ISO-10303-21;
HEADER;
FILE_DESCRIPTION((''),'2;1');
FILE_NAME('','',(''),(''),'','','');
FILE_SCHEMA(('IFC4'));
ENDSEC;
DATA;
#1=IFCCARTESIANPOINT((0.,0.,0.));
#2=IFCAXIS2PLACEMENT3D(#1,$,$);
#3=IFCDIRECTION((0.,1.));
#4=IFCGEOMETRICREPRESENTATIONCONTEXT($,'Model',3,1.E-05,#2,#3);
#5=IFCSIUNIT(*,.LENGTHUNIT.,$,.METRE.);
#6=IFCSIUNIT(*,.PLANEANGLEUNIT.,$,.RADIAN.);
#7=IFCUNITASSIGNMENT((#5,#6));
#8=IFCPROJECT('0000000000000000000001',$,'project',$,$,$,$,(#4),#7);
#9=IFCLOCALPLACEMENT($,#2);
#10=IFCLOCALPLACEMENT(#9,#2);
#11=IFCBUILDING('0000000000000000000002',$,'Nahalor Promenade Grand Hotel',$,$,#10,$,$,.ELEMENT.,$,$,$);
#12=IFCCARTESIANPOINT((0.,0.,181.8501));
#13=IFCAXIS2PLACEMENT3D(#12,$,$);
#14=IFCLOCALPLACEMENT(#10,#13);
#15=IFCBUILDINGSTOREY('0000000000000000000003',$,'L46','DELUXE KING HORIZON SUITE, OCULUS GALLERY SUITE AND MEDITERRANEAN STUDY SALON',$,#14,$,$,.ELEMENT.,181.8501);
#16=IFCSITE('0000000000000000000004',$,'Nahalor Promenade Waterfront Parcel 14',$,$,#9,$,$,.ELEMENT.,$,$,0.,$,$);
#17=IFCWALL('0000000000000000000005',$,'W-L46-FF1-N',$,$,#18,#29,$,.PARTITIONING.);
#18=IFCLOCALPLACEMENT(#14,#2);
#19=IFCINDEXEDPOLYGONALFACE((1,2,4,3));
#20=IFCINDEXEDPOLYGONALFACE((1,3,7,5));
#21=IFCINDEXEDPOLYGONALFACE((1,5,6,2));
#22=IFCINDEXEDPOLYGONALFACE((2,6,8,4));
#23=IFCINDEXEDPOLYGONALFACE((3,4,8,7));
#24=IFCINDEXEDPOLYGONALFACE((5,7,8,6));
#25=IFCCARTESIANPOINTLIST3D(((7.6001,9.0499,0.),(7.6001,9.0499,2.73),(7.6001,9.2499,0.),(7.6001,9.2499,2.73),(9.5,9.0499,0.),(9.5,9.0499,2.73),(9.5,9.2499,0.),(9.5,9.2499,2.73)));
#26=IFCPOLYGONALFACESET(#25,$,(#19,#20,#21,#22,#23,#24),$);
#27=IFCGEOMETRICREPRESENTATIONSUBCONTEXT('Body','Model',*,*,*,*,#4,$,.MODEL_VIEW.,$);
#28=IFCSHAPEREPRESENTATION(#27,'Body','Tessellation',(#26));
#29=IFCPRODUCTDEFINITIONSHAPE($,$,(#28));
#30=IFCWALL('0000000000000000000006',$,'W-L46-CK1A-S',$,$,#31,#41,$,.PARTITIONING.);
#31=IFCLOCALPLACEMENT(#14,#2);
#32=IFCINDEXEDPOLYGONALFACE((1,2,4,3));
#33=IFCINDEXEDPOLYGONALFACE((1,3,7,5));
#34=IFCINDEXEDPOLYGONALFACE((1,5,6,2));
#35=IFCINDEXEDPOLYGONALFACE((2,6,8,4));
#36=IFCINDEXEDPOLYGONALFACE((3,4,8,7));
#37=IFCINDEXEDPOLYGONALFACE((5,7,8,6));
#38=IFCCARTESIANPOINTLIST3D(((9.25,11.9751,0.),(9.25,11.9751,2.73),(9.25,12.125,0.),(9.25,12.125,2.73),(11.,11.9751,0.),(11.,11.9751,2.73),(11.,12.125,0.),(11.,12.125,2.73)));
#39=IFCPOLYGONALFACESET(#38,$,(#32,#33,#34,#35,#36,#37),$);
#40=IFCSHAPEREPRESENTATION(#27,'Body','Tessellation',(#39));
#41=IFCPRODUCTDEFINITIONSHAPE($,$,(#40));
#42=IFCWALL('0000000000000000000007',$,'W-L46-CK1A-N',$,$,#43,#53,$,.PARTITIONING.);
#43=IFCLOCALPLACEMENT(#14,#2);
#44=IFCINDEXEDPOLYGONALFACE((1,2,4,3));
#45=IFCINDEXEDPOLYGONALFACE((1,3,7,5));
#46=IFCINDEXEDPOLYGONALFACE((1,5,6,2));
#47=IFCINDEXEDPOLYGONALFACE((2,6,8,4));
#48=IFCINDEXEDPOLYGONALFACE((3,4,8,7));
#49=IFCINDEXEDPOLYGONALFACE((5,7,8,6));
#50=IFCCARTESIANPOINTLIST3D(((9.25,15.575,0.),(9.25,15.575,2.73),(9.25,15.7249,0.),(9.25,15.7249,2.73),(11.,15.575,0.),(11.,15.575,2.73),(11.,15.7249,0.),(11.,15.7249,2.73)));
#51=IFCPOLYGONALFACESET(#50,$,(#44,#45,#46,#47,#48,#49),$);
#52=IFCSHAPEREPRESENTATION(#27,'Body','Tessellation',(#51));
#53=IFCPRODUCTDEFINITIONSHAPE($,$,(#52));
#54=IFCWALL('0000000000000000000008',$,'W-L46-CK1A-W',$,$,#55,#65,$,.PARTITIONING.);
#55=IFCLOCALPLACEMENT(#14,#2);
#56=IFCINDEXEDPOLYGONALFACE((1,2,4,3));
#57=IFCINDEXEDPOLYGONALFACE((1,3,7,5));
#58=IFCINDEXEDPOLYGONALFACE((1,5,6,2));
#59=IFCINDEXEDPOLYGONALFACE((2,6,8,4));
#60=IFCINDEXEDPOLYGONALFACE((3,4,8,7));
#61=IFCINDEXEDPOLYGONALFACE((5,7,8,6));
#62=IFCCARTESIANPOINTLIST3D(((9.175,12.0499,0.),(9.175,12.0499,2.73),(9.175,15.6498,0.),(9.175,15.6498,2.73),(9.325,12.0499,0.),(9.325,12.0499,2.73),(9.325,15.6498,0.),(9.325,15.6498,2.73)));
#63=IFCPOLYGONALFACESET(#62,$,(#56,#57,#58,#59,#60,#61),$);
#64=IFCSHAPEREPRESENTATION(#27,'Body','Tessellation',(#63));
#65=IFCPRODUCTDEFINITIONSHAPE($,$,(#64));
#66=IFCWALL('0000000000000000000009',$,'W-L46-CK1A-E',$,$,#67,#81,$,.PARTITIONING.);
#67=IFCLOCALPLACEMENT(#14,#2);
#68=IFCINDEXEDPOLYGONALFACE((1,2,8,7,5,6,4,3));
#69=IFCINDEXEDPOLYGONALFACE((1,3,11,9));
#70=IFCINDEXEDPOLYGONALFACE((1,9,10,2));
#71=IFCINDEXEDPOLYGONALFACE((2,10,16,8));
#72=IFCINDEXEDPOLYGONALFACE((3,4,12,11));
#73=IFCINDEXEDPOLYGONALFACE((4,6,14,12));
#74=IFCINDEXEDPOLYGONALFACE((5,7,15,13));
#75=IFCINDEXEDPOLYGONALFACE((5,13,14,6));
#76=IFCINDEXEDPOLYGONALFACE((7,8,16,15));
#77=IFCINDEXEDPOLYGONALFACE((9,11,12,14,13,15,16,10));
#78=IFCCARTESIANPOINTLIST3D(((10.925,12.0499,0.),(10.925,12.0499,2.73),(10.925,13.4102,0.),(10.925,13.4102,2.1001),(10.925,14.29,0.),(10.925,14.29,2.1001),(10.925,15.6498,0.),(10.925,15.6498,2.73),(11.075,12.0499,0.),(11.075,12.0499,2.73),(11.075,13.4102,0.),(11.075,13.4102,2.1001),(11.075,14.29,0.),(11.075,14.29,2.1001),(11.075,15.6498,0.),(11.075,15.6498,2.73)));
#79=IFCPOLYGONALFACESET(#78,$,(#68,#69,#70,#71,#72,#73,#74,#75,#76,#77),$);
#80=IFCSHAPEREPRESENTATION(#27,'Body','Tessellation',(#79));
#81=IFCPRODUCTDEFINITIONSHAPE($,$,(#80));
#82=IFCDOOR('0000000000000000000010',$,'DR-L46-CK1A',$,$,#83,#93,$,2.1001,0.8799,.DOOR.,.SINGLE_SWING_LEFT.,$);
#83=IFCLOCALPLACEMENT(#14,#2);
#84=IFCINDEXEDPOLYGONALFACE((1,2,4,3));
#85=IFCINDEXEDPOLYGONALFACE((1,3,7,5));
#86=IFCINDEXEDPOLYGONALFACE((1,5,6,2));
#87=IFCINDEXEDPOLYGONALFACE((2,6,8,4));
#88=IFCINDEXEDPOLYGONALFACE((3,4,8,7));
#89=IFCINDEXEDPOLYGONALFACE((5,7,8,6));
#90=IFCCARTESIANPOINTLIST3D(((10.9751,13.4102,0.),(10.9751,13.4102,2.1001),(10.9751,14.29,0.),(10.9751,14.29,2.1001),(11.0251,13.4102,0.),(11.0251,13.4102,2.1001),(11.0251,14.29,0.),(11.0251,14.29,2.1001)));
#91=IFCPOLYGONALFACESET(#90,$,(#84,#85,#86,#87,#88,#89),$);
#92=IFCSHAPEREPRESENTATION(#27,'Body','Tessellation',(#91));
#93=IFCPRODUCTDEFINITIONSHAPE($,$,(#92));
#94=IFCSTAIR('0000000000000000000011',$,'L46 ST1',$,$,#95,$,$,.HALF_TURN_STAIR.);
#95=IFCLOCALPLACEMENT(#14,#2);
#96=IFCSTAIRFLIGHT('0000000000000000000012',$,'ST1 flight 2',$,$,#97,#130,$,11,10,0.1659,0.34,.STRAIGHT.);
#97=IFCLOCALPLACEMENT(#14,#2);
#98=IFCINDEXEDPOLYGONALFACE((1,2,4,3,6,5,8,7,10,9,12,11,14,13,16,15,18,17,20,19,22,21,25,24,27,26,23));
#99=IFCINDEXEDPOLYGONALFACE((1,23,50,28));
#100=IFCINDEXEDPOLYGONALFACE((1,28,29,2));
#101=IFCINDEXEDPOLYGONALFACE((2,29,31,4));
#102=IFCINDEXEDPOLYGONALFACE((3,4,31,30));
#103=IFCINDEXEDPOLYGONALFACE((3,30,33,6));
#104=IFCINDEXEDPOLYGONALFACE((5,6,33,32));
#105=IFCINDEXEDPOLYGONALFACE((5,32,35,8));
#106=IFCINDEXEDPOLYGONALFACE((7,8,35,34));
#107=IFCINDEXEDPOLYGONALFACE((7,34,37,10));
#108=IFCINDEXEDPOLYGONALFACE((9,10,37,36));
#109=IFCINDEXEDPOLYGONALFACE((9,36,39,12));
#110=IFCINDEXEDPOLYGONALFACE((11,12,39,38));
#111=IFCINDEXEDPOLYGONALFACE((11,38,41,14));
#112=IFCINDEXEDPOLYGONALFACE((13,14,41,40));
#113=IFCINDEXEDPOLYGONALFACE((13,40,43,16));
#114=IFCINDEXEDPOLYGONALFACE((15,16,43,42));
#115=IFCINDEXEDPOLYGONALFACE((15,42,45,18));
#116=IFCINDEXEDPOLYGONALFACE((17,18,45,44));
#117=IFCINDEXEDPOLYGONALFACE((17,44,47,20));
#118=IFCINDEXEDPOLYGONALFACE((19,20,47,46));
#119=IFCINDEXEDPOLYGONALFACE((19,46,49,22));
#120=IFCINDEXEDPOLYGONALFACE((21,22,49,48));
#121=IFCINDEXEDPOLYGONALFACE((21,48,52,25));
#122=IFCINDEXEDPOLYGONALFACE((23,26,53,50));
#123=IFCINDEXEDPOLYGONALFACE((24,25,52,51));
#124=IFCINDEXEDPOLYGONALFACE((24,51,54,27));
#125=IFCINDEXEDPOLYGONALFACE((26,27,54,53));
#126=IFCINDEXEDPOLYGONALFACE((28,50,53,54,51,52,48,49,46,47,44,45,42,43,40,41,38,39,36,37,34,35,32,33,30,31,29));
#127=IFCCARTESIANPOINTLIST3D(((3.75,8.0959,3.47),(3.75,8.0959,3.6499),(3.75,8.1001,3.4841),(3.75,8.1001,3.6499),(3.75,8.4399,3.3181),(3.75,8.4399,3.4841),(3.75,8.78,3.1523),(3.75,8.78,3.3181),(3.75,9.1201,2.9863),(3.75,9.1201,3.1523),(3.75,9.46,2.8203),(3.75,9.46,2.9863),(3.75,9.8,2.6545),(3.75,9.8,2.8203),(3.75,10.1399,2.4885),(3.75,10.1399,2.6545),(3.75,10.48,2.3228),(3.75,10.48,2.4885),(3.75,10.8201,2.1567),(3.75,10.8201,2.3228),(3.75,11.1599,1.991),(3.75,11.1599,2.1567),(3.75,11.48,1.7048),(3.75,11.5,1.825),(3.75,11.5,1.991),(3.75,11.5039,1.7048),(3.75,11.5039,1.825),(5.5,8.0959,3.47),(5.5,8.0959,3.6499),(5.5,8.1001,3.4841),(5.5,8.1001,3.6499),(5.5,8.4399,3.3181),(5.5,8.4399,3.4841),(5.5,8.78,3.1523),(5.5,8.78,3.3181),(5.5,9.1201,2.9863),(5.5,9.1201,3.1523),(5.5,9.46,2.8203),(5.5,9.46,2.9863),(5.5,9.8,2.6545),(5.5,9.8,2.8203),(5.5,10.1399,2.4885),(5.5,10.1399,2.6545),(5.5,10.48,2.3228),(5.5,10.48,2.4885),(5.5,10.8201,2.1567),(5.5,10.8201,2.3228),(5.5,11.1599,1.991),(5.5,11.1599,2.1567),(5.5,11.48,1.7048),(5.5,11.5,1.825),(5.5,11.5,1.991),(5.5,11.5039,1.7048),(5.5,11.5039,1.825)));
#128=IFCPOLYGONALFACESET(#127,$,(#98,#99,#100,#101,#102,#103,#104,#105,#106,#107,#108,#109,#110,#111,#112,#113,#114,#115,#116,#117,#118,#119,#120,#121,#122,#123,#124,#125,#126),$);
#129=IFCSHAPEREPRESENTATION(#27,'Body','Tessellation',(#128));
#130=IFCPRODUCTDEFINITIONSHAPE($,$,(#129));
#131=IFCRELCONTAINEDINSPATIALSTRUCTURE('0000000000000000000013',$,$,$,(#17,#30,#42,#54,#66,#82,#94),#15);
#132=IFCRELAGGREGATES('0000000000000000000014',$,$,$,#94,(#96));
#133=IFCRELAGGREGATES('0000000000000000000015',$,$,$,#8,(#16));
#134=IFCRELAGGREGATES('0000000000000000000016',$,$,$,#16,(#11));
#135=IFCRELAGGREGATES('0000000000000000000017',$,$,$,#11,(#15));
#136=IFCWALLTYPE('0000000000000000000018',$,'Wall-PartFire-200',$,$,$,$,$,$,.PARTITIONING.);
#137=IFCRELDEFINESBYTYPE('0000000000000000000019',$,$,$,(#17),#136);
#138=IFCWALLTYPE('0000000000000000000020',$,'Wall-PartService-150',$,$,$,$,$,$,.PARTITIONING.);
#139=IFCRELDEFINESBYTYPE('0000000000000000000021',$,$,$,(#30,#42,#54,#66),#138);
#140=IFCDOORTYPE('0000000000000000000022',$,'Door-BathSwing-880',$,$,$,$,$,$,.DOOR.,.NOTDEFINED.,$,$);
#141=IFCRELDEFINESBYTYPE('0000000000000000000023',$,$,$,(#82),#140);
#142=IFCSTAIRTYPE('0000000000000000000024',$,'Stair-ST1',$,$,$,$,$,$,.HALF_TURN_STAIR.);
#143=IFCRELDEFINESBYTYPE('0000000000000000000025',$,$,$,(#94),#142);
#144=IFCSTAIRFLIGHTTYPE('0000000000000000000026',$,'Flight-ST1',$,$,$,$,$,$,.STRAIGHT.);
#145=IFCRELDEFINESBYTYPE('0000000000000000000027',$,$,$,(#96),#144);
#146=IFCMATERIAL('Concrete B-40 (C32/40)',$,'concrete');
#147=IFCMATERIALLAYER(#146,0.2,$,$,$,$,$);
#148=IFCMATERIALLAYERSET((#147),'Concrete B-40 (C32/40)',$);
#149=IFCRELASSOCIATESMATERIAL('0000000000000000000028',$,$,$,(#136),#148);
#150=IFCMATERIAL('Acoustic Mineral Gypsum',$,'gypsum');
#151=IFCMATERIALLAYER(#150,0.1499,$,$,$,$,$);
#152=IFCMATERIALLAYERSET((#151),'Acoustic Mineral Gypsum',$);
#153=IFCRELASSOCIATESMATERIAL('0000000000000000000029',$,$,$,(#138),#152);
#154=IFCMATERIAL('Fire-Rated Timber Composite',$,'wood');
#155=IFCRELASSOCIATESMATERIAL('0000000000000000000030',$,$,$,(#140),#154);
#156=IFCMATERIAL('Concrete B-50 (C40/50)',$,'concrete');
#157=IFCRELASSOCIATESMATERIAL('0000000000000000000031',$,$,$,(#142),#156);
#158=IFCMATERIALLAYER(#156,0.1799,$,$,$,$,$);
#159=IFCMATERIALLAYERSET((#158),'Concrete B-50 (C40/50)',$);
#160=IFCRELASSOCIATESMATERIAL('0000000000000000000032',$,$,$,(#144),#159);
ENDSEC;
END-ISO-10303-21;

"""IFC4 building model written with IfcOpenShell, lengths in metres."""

from ifc_helpers import new_model, si_unit, direction, frame, frame_2d, origin, place, context, subcontext, project, spatial, polyline, rectangle, outline, extrude, source, transform, mapped, material, layer, layer_set, type_object, element, fill, aggregate, save


model = new_model("IFC4")

# Units and contexts
model_context = context("Model", 3, precision=1e-05, world=origin(), true_north=direction((0.0, 1.0)))
body_context = subcontext(model_context, "Body", "Model", "MODEL_VIEW")
ifc_project = project(units=[si_unit("LENGTHUNIT", "METRE"), si_unit("PLANEANGLEUNIT", "RADIAN")], contexts=[model_context])

# Site, building, storey
site_placement = place(None, origin())
site = spatial("IfcSite", under=ifc_project, at=site_placement, Name="Nahalor Promenade Waterfront Parcel 14", CompositionType="ELEMENT", RefElevation=0.0)
building_placement = place(site_placement, origin())
building = spatial("IfcBuilding", under=site, at=building_placement, Name="Nahalor Promenade Grand Hotel", CompositionType="ELEMENT")
storey_placement = place(building_placement, frame((0.0, 0.0, 181.8501)))
storey = spatial("IfcBuildingStorey", under=building, at=storey_placement, Name="L46", Description="DELUXE KING HORIZON SUITE, OCULUS GALLERY SUITE AND MEDITERRANEAN STUDY SALON", CompositionType="ELEMENT", Elevation=181.8501)

# Shared definitions
ifc_material_1 = material(Name="Concrete B-50 (C40/50)", Category="concrete")

# Walls
ifc_material_2 = material(Name="Concrete B-40 (C32/40)", Category="concrete")
ifc_layer_1 = layer(ifc_material_2, 0.2)
ifc_layer_set_1 = layer_set([ifc_layer_1], Name="Concrete B-40 (C32/40)")
wall_type_1 = type_object("IfcWallType", Name="Wall-PartFire-200", PredefinedType="PARTITIONING", material=ifc_layer_set_1)
shared_shape_1 = source(origin(), body_context, "Body", "SweptSolid", [
    extrude(rectangle(XDim=1.8999, YDim=0.2, at=frame_2d((0.95, 0.0))), origin(), (0.0, 0.0, 1.0), 2.73),
])
wall_1_placement = place(storey_placement, frame((7.6001, 9.1499, 0.0), z_axis=(0.0, 0.0, 1.0), x_axis=(1.0, 0.0, 0.0)))
element("IfcWall", 1, at=wall_1_placement, inside=storey, type_object=wall_type_1, Name="W-L46-FF1-N", PredefinedType="PARTITIONING", context=body_context, shape_type="MappedRepresentation", body=[
    mapped(shared_shape_1, transform((0.0, 0.0, 0.0), scale=1.0)),
])
ifc_material_3 = material(Name="Acoustic Mineral Gypsum", Category="gypsum")
ifc_layer_2 = layer(ifc_material_3, 0.1499)
ifc_layer_set_2 = layer_set([ifc_layer_2], Name="Acoustic Mineral Gypsum")
wall_type_2 = type_object("IfcWallType", Name="Wall-PartService-150", PredefinedType="PARTITIONING", material=ifc_layer_set_2)
shared_shape_2 = source(origin(), body_context, "Body", "SweptSolid", [
    extrude(rectangle(XDim=1.75, YDim=0.1499, at=frame_2d((0.875, 0.0))), origin(), (0.0, 0.0, 1.0), 2.73),
])
for number, where, z_axis, x_axis, name in (
    (2, (9.25, 12.05, 0.0), (0.0, 0.0, 1.0), (1.0, 0.0, 0.0), "W-L46-CK1A-S"),
    (3, (9.25, 15.6499, 0.0), (0.0, 0.0, 1.0), (1.0, 0.0, 0.0), "W-L46-CK1A-N"),
):
    element("IfcWall", number, at=place(storey_placement, frame(where, z_axis=z_axis, x_axis=x_axis)), inside=storey, type_object=wall_type_2, Name=name, PredefinedType="PARTITIONING", context=body_context, shape_type="MappedRepresentation", body=[
        mapped(shared_shape_2, transform((0.0, 0.0, 0.0), scale=1.0)),
    ])
shared_shape_3 = source(origin(), body_context, "Body", "SweptSolid", [
    extrude(rectangle(XDim=3.5999, YDim=0.1499, at=frame_2d((1.7998, 0.0))), origin(), (0.0, 0.0, 1.0), 2.73),
])
wall_2_placement = place(storey_placement, frame((9.25, 12.05, 0.0), z_axis=(0.0, 0.0, 1.0), x_axis=(0.0, 1.0, 0.0)))
element("IfcWall", 4, at=wall_2_placement, inside=storey, type_object=wall_type_2, Name="W-L46-CK1A-W", PredefinedType="PARTITIONING", context=body_context, shape_type="MappedRepresentation", body=[
    mapped(shared_shape_3, transform((0.0, 0.0, 0.0), scale=1.0)),
])

# Wall, opening, door
wall_3_placement = place(storey_placement, frame((11.0, 12.05, 0.0), z_axis=(0.0, 0.0, 1.0), x_axis=(0.0, 1.0, 0.0)))
wall_3 = element("IfcWall", 5, at=wall_3_placement, inside=storey, type_object=wall_type_2, Name="W-L46-CK1A-E", PredefinedType="PARTITIONING", context=body_context, shape_type="MappedRepresentation", body=[
    mapped(shared_shape_3, transform((0.0, 0.0, 0.0), scale=1.0)),
])
opening_1_placement = place(wall_3_placement, frame((1.3601, 0.0, 0.0)))
opening_1 = element("IfcOpeningElement", 6, at=opening_1_placement, cuts=wall_3, PredefinedType="OPENING", context=body_context, shape_type="SweptSolid", body=[
    extrude(rectangle(XDim=0.8799, YDim=2.1001, at=frame_2d((0.4399, 1.05))), frame((0.0, 0.085, 0.0), z_axis=(0.0, -1.0, 0.0), x_axis=(1.0, 0.0, 0.0)), (0.0, 0.0, 1.0), 0.1699),
])
ifc_material_4 = material(Name="Fire-Rated Timber Composite", Category="wood")
door_type_1 = type_object("IfcDoorType", Name="Door-BathSwing-880", OperationType="NOTDEFINED", PredefinedType="DOOR", material=ifc_material_4)
shared_shape_4 = source(origin(), body_context, "Body", "SweptSolid", [
    extrude(rectangle(XDim=0.8799, YDim=2.1001, at=frame_2d((0.4399, 1.05))), frame((0.0, 0.0249, 0.0), z_axis=(0.0, -1.0, 0.0), x_axis=(1.0, 0.0, 0.0)), (0.0, 0.0, 1.0), 0.05),
])
door_1_placement = place(opening_1_placement, origin())
door_1 = element("IfcDoor", 7, at=door_1_placement, inside=storey, type_object=door_type_1, Name="DR-L46-CK1A", OperationType="SINGLE_SWING_LEFT", OverallHeight=2.1001, OverallWidth=0.8799, PredefinedType="DOOR", context=body_context, shape_type="MappedRepresentation", body=[
    mapped(shared_shape_4, transform((0.0, 0.0, 0.0), scale=1.0)),
])
fill(opening_1, door_1)

# Stair, stair flight
stair_type = type_object("IfcStairType", Name="Stair-ST1", PredefinedType="HALF_TURN_STAIR", material=ifc_material_1)
stair_placement = place(storey_placement, origin())
stair = element("IfcStair", 8, at=stair_placement, inside=storey, type_object=stair_type, Name="L46 ST1", PredefinedType="HALF_TURN_STAIR")
ifc_layer_3 = layer(ifc_material_1, 0.1799)
ifc_layer_set_3 = layer_set([ifc_layer_3], Name="Concrete B-50 (C40/50)")
stair_flight_type = type_object("IfcStairFlightType", Name="Flight-ST1", PredefinedType="STRAIGHT", material=ifc_layer_set_3)
shared_shape_5 = source(origin(), body_context, "Body", "SweptSolid", [
    extrude(outline(polyline([(-0.0039, -0.1201), (-0.0039, 0.0), (0.0, 0.0), (0.0, 0.166), (0.3401, 0.166), (0.3401, 0.3318), (0.6799, 0.3318), (0.6799, 0.4978), (1.02, 0.4978), (1.02, 0.6636), (1.3601, 0.6636), (1.3601, 0.8296), (1.7, 0.8296), (1.7, 0.9954), (2.04, 0.9954), (2.04, 1.1614), (2.3799, 1.1614), (2.3799, 1.3274), (2.72, 1.3274), (2.72, 1.4932), (3.0601, 1.4932), (3.0601, 1.6592), (3.3999, 1.6592), (3.3999, 1.825), (3.4041, 1.825), (3.4041, 1.645), (0.02, -0.1201), (-0.0039, -0.1201)])), frame((0.0, 0.875, 0.0), z_axis=(0.0, -1.0, 0.0), x_axis=(1.0, 0.0, 0.0)), (0.0, 0.0, 1.0), 1.75),
])
stair_flight_placement = place(storey_placement, frame((4.625, 11.5, 1.825), z_axis=(0.0, 0.0, 1.0), x_axis=(0.0, -1.0, 0.0)))
stair_flight = element("IfcStairFlight", 9, at=stair_flight_placement, type_object=stair_flight_type, Name="ST1 flight 2", NumberOfRisers=11, NumberOfTreads=10, PredefinedType="STRAIGHT", RiserHeight=0.1659, TreadLength=0.34, context=body_context, shape_type="MappedRepresentation", body=[
    mapped(shared_shape_5, transform((0.0, 0.0, 0.0), scale=1.0)),
])
aggregate(stair, [stair_flight])

save(model, "model.ifc")
